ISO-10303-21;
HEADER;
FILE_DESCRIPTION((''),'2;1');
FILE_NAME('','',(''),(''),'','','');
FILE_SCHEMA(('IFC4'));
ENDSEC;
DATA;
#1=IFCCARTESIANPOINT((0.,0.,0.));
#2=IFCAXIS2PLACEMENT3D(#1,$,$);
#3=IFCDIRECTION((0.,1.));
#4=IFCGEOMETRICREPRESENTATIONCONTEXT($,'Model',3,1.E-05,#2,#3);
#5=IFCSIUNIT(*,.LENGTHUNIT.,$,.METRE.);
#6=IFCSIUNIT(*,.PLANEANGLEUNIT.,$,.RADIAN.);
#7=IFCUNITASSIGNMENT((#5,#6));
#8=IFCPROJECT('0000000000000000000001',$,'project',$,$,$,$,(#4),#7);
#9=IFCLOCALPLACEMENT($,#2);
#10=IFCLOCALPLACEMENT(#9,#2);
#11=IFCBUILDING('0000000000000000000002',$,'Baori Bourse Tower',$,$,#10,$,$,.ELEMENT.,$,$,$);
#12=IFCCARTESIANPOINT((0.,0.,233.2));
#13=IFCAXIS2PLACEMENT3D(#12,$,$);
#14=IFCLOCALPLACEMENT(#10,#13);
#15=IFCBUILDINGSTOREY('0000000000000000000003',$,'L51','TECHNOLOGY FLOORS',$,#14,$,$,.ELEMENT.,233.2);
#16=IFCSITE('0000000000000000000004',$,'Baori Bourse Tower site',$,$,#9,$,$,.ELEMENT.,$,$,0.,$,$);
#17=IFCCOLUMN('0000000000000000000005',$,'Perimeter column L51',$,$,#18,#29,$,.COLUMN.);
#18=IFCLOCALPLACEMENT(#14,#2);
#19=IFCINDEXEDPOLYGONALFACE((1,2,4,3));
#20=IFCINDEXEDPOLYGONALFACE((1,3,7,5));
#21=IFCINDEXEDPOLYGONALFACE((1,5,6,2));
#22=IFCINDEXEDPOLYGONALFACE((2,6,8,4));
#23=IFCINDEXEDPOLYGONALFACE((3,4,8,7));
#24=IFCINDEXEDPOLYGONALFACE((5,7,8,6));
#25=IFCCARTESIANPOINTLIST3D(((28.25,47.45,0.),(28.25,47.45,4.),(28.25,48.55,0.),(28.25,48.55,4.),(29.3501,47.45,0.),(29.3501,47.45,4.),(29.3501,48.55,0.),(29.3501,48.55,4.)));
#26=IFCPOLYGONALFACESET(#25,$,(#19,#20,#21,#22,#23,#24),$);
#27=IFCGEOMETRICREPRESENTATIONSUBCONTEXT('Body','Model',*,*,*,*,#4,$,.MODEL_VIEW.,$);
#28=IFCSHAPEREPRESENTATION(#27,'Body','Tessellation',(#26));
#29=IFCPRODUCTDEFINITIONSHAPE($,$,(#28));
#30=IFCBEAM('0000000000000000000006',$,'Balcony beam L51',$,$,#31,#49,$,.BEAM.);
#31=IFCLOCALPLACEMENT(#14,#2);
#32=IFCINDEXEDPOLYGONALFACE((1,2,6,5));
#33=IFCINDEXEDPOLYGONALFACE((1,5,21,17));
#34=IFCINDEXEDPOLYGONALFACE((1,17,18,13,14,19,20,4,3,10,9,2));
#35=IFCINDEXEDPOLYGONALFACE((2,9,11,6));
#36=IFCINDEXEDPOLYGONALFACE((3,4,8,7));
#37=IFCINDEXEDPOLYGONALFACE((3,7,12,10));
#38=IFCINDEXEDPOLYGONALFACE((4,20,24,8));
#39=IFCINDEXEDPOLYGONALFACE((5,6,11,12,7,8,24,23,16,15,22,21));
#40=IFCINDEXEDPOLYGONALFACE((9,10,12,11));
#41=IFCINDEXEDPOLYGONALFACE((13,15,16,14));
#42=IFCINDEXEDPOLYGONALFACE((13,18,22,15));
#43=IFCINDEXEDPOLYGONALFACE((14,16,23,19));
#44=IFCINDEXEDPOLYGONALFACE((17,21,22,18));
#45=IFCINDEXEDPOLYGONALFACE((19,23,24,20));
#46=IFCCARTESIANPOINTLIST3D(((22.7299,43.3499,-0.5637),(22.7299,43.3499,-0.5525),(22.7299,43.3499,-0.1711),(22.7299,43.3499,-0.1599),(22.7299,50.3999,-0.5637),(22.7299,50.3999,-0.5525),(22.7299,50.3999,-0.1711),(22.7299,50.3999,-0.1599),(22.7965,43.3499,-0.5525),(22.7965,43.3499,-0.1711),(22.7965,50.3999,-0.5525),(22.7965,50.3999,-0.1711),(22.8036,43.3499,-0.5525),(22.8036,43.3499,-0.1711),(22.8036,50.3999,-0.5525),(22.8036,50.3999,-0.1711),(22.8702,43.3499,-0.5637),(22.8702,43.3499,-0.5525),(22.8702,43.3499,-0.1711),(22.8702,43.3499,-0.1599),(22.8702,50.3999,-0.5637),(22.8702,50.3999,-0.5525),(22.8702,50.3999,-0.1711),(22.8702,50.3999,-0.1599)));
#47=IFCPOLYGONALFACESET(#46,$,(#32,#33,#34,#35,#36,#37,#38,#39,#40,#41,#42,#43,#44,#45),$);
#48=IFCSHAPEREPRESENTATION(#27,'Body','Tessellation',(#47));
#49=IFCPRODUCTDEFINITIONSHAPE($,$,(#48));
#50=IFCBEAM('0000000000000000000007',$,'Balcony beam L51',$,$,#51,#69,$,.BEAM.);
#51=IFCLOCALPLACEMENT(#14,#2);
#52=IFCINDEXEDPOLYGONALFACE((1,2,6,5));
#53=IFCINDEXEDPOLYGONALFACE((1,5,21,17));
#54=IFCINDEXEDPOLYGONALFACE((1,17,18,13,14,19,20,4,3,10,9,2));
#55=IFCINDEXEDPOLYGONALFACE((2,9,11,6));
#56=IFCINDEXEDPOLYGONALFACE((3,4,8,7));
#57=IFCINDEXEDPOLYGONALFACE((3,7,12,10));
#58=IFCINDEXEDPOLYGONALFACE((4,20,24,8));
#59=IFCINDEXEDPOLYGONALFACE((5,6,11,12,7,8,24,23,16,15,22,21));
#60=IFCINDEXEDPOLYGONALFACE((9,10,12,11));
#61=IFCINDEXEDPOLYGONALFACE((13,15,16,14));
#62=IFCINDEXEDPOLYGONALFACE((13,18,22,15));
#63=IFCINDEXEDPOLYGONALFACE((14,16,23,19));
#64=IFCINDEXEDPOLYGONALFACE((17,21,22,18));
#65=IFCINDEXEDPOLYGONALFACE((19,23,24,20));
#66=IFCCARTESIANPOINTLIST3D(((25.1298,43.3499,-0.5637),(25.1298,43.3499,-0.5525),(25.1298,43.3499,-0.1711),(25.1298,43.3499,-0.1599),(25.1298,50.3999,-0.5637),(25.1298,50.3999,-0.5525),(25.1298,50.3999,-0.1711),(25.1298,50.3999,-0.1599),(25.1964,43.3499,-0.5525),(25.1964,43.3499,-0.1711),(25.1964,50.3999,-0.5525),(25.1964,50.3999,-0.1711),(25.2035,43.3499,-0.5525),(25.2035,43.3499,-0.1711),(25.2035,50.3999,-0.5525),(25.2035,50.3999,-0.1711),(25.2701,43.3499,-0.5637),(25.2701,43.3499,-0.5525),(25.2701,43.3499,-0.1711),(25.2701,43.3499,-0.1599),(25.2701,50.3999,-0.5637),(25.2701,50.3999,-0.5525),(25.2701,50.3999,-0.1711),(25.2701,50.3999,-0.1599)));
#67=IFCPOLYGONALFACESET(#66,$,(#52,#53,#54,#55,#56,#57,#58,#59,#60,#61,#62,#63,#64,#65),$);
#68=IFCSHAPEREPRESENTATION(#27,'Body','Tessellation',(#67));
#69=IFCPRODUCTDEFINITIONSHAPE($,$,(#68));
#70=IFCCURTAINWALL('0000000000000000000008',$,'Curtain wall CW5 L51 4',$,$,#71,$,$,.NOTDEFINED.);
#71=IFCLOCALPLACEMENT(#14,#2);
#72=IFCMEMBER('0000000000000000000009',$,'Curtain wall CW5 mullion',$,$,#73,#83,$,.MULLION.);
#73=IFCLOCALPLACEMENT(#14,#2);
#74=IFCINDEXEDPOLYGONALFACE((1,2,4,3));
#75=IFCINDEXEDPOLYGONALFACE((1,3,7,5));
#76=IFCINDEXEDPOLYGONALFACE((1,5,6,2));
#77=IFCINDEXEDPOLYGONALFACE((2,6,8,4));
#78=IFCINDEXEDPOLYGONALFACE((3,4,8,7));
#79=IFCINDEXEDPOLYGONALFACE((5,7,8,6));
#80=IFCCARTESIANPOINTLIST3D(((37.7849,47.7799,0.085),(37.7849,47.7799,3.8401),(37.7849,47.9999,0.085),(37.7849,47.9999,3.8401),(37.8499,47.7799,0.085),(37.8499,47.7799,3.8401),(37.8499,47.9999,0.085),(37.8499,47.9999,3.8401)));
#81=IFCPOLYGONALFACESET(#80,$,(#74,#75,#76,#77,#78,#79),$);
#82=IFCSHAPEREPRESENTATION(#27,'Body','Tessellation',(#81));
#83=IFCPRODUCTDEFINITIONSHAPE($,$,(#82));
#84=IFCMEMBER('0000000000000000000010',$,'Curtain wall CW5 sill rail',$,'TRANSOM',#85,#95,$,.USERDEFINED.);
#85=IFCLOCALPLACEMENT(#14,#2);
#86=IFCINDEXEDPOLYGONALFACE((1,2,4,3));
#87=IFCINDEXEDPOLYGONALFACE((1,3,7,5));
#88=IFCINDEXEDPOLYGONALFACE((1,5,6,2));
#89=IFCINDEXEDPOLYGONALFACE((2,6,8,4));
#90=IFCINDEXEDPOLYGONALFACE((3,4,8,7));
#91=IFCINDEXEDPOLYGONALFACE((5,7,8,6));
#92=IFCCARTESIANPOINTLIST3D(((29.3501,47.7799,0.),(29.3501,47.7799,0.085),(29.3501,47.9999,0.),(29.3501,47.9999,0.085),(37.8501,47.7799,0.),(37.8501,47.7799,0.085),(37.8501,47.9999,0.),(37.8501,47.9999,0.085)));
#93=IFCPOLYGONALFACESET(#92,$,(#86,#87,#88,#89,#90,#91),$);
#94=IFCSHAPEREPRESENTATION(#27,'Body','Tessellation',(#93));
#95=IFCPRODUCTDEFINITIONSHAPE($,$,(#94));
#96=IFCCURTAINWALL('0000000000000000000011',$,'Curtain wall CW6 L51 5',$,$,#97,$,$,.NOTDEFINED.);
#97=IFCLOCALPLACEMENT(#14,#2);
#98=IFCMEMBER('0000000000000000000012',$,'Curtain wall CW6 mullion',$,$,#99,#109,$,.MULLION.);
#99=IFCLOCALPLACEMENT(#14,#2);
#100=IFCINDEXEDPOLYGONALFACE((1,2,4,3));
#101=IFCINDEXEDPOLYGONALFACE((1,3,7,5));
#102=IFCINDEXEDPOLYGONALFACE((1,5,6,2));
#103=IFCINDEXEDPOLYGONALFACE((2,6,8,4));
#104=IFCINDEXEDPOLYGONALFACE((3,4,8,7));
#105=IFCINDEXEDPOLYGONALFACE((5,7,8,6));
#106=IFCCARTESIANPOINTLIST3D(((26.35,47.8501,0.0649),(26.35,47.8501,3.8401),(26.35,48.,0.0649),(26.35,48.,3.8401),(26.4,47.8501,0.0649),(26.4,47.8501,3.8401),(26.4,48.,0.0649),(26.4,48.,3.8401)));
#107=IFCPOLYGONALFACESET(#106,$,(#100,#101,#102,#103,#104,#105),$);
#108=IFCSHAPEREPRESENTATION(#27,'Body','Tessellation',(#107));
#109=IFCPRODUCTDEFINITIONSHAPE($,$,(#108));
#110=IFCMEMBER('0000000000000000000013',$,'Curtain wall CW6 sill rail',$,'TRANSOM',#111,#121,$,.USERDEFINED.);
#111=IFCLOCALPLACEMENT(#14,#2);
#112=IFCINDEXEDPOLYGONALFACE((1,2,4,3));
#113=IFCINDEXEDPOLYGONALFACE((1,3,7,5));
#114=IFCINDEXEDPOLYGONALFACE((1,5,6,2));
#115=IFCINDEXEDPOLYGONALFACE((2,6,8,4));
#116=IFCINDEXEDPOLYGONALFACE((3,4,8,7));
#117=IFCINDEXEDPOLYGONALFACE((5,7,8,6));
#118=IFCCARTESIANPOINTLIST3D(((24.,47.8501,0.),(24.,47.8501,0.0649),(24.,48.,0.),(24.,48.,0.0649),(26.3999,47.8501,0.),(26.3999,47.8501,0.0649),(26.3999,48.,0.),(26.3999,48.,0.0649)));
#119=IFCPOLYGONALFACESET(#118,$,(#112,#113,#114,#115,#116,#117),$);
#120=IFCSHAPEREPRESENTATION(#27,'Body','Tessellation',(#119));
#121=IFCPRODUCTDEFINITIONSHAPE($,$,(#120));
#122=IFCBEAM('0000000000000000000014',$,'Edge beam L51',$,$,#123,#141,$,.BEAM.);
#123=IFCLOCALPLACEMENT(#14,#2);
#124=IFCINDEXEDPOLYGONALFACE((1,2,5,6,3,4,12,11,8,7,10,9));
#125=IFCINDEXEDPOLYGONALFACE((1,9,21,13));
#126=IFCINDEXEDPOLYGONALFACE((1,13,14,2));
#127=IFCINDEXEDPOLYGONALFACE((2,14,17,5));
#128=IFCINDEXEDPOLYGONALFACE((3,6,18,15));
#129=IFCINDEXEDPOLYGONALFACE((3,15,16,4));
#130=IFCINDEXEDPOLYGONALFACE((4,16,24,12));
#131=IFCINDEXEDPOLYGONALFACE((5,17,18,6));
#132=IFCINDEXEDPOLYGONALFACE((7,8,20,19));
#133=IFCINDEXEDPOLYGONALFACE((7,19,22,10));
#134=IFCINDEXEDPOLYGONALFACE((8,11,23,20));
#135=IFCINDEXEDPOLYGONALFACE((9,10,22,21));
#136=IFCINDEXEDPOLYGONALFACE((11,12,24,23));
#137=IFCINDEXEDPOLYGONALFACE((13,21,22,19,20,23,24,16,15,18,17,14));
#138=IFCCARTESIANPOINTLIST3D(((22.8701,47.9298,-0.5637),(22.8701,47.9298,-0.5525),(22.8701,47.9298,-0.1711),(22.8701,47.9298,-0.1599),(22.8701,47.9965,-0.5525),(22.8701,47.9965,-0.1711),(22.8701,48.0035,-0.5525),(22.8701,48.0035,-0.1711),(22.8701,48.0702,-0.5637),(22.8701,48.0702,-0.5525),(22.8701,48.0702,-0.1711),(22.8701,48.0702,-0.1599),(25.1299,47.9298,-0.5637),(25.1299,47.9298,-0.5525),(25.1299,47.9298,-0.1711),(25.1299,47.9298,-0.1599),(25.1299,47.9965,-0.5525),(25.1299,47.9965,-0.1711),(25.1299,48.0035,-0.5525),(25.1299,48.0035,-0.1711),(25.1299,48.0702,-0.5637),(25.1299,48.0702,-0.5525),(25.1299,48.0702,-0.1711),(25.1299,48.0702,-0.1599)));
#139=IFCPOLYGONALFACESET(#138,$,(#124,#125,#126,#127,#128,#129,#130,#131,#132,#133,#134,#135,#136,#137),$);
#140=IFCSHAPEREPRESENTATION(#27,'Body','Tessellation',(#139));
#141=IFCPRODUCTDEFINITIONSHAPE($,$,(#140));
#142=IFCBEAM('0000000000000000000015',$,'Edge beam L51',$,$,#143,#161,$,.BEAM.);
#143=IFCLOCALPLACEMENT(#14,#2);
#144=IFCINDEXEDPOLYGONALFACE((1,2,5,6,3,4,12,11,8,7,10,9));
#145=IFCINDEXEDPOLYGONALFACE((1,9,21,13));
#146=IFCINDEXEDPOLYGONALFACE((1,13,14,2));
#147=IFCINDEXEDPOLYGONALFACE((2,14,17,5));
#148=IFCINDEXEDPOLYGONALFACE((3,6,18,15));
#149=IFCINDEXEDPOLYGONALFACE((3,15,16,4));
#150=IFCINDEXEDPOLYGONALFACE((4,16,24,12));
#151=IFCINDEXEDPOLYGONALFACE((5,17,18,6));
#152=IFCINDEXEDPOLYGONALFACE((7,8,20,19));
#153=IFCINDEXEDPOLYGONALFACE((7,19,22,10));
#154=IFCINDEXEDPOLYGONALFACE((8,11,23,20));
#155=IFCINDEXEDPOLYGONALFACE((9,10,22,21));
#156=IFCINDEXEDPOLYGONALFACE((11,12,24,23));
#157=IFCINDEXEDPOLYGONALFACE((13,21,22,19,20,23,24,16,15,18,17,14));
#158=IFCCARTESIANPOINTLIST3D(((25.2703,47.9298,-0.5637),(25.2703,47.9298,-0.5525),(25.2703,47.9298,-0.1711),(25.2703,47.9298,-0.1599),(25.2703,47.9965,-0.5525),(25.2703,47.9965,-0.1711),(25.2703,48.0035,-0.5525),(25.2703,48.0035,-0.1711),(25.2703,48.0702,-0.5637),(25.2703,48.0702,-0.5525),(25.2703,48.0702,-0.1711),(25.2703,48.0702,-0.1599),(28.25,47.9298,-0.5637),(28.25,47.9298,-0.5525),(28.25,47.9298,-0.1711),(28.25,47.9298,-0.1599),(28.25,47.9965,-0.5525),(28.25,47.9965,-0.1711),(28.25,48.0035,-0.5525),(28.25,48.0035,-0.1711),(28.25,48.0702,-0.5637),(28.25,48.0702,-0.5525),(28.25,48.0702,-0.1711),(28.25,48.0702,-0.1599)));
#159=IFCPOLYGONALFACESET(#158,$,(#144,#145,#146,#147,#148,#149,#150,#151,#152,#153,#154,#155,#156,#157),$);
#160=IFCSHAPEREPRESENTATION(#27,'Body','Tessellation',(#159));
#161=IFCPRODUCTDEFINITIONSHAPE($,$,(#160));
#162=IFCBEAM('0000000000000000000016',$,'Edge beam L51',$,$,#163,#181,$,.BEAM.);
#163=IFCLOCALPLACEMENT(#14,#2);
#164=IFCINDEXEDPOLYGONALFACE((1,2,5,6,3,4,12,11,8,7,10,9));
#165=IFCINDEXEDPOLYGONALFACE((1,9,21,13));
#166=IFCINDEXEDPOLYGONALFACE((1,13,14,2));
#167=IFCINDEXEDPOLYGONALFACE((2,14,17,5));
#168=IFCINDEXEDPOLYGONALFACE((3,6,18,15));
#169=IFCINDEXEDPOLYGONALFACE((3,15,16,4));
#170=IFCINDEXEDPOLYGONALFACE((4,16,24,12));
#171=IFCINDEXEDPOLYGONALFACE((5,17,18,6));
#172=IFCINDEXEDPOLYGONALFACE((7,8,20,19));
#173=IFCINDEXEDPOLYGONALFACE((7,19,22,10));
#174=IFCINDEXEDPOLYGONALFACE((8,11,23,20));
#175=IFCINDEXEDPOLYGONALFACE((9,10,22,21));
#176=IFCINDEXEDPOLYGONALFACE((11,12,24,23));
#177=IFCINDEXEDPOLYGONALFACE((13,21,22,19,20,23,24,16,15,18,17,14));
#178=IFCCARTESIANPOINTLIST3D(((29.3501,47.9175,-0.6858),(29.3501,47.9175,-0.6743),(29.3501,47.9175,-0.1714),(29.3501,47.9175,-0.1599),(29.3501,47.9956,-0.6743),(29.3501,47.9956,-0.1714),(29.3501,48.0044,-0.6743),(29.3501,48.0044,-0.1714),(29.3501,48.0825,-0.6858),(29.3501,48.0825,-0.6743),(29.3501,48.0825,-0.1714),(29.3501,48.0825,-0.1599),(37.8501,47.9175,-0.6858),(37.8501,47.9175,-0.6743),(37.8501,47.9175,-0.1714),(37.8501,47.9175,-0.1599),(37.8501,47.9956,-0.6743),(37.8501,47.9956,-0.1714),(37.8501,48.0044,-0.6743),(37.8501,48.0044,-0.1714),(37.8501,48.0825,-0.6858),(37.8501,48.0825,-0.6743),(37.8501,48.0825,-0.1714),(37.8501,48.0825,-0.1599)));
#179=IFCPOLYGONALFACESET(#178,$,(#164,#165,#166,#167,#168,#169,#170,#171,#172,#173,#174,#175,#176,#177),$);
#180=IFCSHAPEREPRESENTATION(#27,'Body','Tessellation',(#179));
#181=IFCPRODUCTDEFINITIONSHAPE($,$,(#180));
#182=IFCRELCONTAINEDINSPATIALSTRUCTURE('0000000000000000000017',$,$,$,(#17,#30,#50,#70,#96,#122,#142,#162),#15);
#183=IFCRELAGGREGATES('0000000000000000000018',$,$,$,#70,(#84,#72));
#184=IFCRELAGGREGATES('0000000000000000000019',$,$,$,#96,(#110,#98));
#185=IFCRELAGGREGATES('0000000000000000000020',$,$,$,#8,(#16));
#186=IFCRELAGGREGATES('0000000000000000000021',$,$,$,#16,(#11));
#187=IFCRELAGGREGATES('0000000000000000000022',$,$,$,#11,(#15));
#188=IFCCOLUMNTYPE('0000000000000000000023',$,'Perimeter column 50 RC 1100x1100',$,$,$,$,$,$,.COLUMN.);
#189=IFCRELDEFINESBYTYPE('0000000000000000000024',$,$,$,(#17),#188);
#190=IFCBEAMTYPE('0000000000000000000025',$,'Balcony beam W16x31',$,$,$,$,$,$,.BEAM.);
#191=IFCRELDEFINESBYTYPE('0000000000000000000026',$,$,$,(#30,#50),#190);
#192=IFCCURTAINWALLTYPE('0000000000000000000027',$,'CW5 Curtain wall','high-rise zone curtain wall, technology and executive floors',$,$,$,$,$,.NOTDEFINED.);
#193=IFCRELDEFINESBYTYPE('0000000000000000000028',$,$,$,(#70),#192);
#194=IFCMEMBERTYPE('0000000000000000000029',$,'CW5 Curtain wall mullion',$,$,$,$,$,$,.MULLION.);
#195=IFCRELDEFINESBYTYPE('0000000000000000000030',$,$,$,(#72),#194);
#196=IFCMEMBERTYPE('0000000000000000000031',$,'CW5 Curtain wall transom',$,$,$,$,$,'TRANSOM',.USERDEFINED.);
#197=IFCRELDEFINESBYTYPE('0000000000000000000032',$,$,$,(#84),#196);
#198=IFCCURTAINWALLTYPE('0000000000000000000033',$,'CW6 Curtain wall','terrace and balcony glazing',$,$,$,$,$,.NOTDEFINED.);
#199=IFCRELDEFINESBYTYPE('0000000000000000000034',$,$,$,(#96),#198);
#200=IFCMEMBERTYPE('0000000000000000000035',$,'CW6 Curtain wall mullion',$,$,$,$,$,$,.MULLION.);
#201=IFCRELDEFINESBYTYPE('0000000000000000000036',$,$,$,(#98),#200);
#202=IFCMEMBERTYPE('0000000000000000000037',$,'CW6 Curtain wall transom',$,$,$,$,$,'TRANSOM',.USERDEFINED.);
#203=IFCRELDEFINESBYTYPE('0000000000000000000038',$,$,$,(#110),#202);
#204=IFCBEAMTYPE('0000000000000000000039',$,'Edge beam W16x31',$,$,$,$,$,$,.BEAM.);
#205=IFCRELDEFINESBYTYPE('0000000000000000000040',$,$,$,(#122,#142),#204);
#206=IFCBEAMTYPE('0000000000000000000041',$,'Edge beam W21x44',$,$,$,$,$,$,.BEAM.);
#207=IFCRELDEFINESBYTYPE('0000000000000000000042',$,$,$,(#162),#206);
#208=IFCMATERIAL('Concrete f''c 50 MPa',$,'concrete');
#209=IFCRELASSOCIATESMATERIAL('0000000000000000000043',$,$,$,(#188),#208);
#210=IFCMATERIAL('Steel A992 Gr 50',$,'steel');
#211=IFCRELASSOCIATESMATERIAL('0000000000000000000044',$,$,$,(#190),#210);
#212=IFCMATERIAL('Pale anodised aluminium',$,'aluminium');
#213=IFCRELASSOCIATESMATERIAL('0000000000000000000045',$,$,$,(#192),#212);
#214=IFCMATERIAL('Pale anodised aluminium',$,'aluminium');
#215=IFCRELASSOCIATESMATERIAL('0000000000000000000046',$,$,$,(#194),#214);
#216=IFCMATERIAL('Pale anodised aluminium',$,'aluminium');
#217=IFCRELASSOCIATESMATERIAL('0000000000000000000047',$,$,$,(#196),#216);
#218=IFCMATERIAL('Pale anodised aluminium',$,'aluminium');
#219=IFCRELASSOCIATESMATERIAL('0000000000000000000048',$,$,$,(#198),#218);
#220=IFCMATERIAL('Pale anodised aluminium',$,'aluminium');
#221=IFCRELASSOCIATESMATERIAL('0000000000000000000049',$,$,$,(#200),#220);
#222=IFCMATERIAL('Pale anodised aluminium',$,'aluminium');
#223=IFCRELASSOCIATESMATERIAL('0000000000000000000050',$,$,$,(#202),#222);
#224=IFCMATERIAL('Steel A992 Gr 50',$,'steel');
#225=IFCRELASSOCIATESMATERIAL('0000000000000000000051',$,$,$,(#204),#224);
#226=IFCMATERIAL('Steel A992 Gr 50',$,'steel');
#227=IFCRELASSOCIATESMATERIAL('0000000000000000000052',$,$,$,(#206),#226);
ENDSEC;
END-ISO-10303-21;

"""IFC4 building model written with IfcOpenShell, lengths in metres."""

from ifc_helpers import new_model, si_unit, direction, frame, origin, origin_2d, place, context, subcontext, project, spatial, rectangle, i_section, extrude, material, material_profile, profile_set, type_object, element, aggregate, save


model = new_model("IFC4")

# Units and contexts
model_context = context("Model", 3, precision=1e-05, world=origin(), true_north=direction((0.0, 1.0)))
body_context = subcontext(model_context, "Body", "Model", "MODEL_VIEW")
ifc_project = project(units=[si_unit("LENGTHUNIT", "METRE"), si_unit("PLANEANGLEUNIT", "RADIAN")], contexts=[model_context])

# Site, building, storey
site_placement = place(None, origin())
site = spatial("IfcSite", under=ifc_project, at=site_placement, Name="Baori Bourse Tower site", CompositionType="ELEMENT", RefElevation=0.0)
building_placement = place(site_placement, origin())
building = spatial("IfcBuilding", under=site, at=building_placement, Name="Baori Bourse Tower", CompositionType="ELEMENT")
storey_placement = place(building_placement, frame((0.0, 0.0, 233.2)))
storey = spatial("IfcBuildingStorey", under=building, at=storey_placement, Name="L51", Description="TECHNOLOGY FLOORS", CompositionType="ELEMENT", Elevation=233.2)

# Column
ifc_material_1 = material(Name="Concrete f'c 50 MPa", Category="concrete")
ifc_material_profile_1 = material_profile(ifc_material_1, rectangle(XDim=1.1001, YDim=1.1001, at=origin_2d()), Name="RC 1100x1100")
ifc_profile_set_1 = profile_set([ifc_material_profile_1], Name="Concrete f'c 50 MPa")
column_type = type_object("IfcColumnType", Name="Perimeter column 50 RC 1100x1100", PredefinedType="COLUMN", material=ifc_profile_set_1)
column_placement = place(storey_placement, frame((28.8, 48.0, 0.0), z_axis=(0.0, 0.0, 1.0), x_axis=(1.0, 0.0, 0.0)))
element("IfcColumn", 1, at=column_placement, inside=storey, type_object=column_type, Name="Perimeter column L51", PredefinedType="COLUMN", context=body_context, shape_type="SweptSolid", body=[
    extrude(rectangle(XDim=1.1001, YDim=1.1001, at=origin_2d()), origin(), (0.0, 0.0, 1.0), 4.0),
])

# Beams
ifc_material_2 = material(Name="Steel A992 Gr 50", Category="steel")
ifc_material_profile_2 = material_profile(ifc_material_2, i_section(OverallWidth=0.1404, OverallDepth=0.4038, WebThickness=0.0071, FlangeThickness=0.0112, at=origin_2d()), Name="W16x31")
ifc_profile_set_2 = profile_set([ifc_material_profile_2], Name="Steel A992 Gr 50")
beam_type_1 = type_object("IfcBeamType", Name="Balcony beam W16x31", PredefinedType="BEAM", material=ifc_profile_set_2)
for number, where, z_axis, x_axis, name in (
    (2, (22.8, 50.3999, -0.3618), (0.0, -1.0, 0.0), (1.0, 0.0, 0.0), "Balcony beam L51"),
    (3, (25.2, 50.3999, -0.3618), (0.0, -1.0, 0.0), (1.0, 0.0, 0.0), "Balcony beam L51"),
):
    element("IfcBeam", number, at=place(storey_placement, frame(where, z_axis=z_axis, x_axis=x_axis)), inside=storey, type_object=beam_type_1, Name=name, PredefinedType="BEAM", context=body_context, shape_type="SweptSolid", body=[
        extrude(i_section(OverallWidth=0.1404, OverallDepth=0.4038, WebThickness=0.0071, FlangeThickness=0.0112, at=origin_2d()), origin(), (0.0, 0.0, 1.0), 7.05),
    ])

# Curtain walls, members
ifc_material_3 = material(Name="Pale anodised aluminium", Category="aluminium")
curtain_wall_type_1 = type_object("IfcCurtainWallType", Name="CW5 Curtain wall", Description="high-rise zone curtain wall, technology and executive floors", PredefinedType="NOTDEFINED", material=ifc_material_3)
curtain_wall_1_placement = place(storey_placement, origin())
curtain_wall_1 = element("IfcCurtainWall", 4, at=curtain_wall_1_placement, inside=storey, type_object=curtain_wall_type_1, Name="Curtain wall CW5 L51 4", PredefinedType="NOTDEFINED")
ifc_material_4 = material(Name="Pale anodised aluminium", Category="aluminium")
ifc_material_profile_3 = material_profile(ifc_material_4, rectangle(XDim=0.22, YDim=0.0649, at=origin_2d()), Name="Mullion 65x220")
ifc_profile_set_3 = profile_set([ifc_material_profile_3], Name="Pale anodised aluminium")
member_type_1 = type_object("IfcMemberType", Name="CW5 Curtain wall mullion", PredefinedType="MULLION", material=ifc_profile_set_3)
member_1_placement = place(storey_placement, frame((37.8174, 47.8899, 0.085), z_axis=(0.0, 0.0, 1.0), x_axis=(0.0, -1.0, 0.0)))
member_1 = element("IfcMember", 5, at=member_1_placement, type_object=member_type_1, Name="Curtain wall CW5 mullion", PredefinedType="MULLION", context=body_context, shape_type="SweptSolid", body=[
    extrude(rectangle(XDim=0.22, YDim=0.0649, at=origin_2d()), origin(), (0.0, 0.0, 1.0), 3.7551),
])
ifc_material_5 = material(Name="Pale anodised aluminium", Category="aluminium")
ifc_material_profile_4 = material_profile(ifc_material_5, rectangle(XDim=0.22, YDim=0.085, at=origin_2d()), Name="Transom 85x220")
ifc_profile_set_4 = profile_set([ifc_material_profile_4], Name="Pale anodised aluminium")
member_type_2 = type_object("IfcMemberType", Name="CW5 Curtain wall transom", ElementType="TRANSOM", PredefinedType="USERDEFINED", material=ifc_profile_set_4)
member_2_placement = place(storey_placement, frame((37.8501, 47.8899, 0.0425), z_axis=(-1.0, 0.0, 0.0), x_axis=(0.0, -1.0, 0.0)))
member_2 = element("IfcMember", 6, at=member_2_placement, type_object=member_type_2, Name="Curtain wall CW5 sill rail", ObjectType="TRANSOM", PredefinedType="USERDEFINED", context=body_context, shape_type="SweptSolid", body=[
    extrude(rectangle(XDim=0.22, YDim=0.085, at=origin_2d()), origin(), (0.0, 0.0, 1.0), 8.5),
])
ifc_material_6 = material(Name="Pale anodised aluminium", Category="aluminium")
curtain_wall_type_2 = type_object("IfcCurtainWallType", Name="CW6 Curtain wall", Description="terrace and balcony glazing", PredefinedType="NOTDEFINED", material=ifc_material_6)
curtain_wall_2_placement = place(storey_placement, origin())
curtain_wall_2 = element("IfcCurtainWall", 7, at=curtain_wall_2_placement, inside=storey, type_object=curtain_wall_type_2, Name="Curtain wall CW6 L51 5", PredefinedType="NOTDEFINED")
ifc_material_7 = material(Name="Pale anodised aluminium", Category="aluminium")
ifc_material_profile_5 = material_profile(ifc_material_7, rectangle(XDim=0.1499, YDim=0.05, at=origin_2d()), Name="Mullion 50x150")
ifc_profile_set_5 = profile_set([ifc_material_profile_5], Name="Pale anodised aluminium")
member_type_3 = type_object("IfcMemberType", Name="CW6 Curtain wall mullion", PredefinedType="MULLION", material=ifc_profile_set_5)
member_3_placement = place(storey_placement, frame((26.375, 47.925, 0.0649), z_axis=(0.0, 0.0, 1.0), x_axis=(0.0, -1.0, 0.0)))
member_3 = element("IfcMember", 8, at=member_3_placement, type_object=member_type_3, Name="Curtain wall CW6 mullion", PredefinedType="MULLION", context=body_context, shape_type="SweptSolid", body=[
    extrude(rectangle(XDim=0.1499, YDim=0.05, at=origin_2d()), origin(), (0.0, 0.0, 1.0), 3.7751),
])
ifc_material_8 = material(Name="Pale anodised aluminium", Category="aluminium")
ifc_material_profile_6 = material_profile(ifc_material_8, rectangle(XDim=0.1499, YDim=0.0649, at=origin_2d()), Name="Transom 65x150")
ifc_profile_set_6 = profile_set([ifc_material_profile_6], Name="Pale anodised aluminium")
member_type_4 = type_object("IfcMemberType", Name="CW6 Curtain wall transom", ElementType="TRANSOM", PredefinedType="USERDEFINED", material=ifc_profile_set_6)
member_4_placement = place(storey_placement, frame((26.3999, 47.925, 0.0325), z_axis=(-1.0, 0.0, 0.0), x_axis=(0.0, -1.0, 0.0)))
member_4 = element("IfcMember", 9, at=member_4_placement, type_object=member_type_4, Name="Curtain wall CW6 sill rail", ObjectType="TRANSOM", PredefinedType="USERDEFINED", context=body_context, shape_type="SweptSolid", body=[
    extrude(rectangle(XDim=0.1499, YDim=0.0649, at=origin_2d()), origin(), (0.0, 0.0, 1.0), 2.3999),
])

# Beams
ifc_material_9 = material(Name="Steel A992 Gr 50", Category="steel")
ifc_material_profile_7 = material_profile(ifc_material_9, i_section(OverallWidth=0.1404, OverallDepth=0.4038, WebThickness=0.0071, FlangeThickness=0.0112, at=origin_2d()), Name="W16x31")
ifc_profile_set_7 = profile_set([ifc_material_profile_7], Name="Steel A992 Gr 50")
beam_type_2 = type_object("IfcBeamType", Name="Edge beam W16x31", PredefinedType="BEAM", material=ifc_profile_set_7)
beam_1_placement = place(storey_placement, frame((22.8701, 48.0, -0.3618), z_axis=(1.0, 0.0, 0.0), x_axis=(0.0, 1.0, 0.0)))
element("IfcBeam", 10, at=beam_1_placement, inside=storey, type_object=beam_type_2, Name="Edge beam L51", PredefinedType="BEAM", context=body_context, shape_type="SweptSolid", body=[
    extrude(i_section(OverallWidth=0.1404, OverallDepth=0.4038, WebThickness=0.0071, FlangeThickness=0.0112, at=origin_2d()), origin(), (0.0, 0.0, 1.0), 2.2598),
])
beam_2_placement = place(storey_placement, frame((25.2703, 48.0, -0.3618), z_axis=(1.0, 0.0, 0.0), x_axis=(0.0, 1.0, 0.0)))
element("IfcBeam", 11, at=beam_2_placement, inside=storey, type_object=beam_type_2, Name="Edge beam L51", PredefinedType="BEAM", context=body_context, shape_type="SweptSolid", body=[
    extrude(i_section(OverallWidth=0.1404, OverallDepth=0.4038, WebThickness=0.0071, FlangeThickness=0.0112, at=origin_2d()), origin(), (0.0, 0.0, 1.0), 2.9797),
])
ifc_material_10 = material(Name="Steel A992 Gr 50", Category="steel")
ifc_material_profile_8 = material_profile(ifc_material_10, i_section(OverallWidth=0.165, OverallDepth=0.5259, WebThickness=0.0088, FlangeThickness=0.0115, at=origin_2d()), Name="W21x44")
ifc_profile_set_8 = profile_set([ifc_material_profile_8], Name="Steel A992 Gr 50")
beam_type_3 = type_object("IfcBeamType", Name="Edge beam W21x44", PredefinedType="BEAM", material=ifc_profile_set_8)
beam_3_placement = place(storey_placement, frame((29.3501, 48.0, -0.4229), z_axis=(1.0, 0.0, 0.0), x_axis=(0.0, 1.0, 0.0)))
element("IfcBeam", 12, at=beam_3_placement, inside=storey, type_object=beam_type_3, Name="Edge beam L51", PredefinedType="BEAM", context=body_context, shape_type="SweptSolid", body=[
    extrude(i_section(OverallWidth=0.165, OverallDepth=0.5259, WebThickness=0.0088, FlangeThickness=0.0115, at=origin_2d()), origin(), (0.0, 0.0, 1.0), 8.5),
])

aggregate(curtain_wall_1, [member_2, member_1])
aggregate(curtain_wall_2, [member_4, member_3])

save(model, "model.ifc")
